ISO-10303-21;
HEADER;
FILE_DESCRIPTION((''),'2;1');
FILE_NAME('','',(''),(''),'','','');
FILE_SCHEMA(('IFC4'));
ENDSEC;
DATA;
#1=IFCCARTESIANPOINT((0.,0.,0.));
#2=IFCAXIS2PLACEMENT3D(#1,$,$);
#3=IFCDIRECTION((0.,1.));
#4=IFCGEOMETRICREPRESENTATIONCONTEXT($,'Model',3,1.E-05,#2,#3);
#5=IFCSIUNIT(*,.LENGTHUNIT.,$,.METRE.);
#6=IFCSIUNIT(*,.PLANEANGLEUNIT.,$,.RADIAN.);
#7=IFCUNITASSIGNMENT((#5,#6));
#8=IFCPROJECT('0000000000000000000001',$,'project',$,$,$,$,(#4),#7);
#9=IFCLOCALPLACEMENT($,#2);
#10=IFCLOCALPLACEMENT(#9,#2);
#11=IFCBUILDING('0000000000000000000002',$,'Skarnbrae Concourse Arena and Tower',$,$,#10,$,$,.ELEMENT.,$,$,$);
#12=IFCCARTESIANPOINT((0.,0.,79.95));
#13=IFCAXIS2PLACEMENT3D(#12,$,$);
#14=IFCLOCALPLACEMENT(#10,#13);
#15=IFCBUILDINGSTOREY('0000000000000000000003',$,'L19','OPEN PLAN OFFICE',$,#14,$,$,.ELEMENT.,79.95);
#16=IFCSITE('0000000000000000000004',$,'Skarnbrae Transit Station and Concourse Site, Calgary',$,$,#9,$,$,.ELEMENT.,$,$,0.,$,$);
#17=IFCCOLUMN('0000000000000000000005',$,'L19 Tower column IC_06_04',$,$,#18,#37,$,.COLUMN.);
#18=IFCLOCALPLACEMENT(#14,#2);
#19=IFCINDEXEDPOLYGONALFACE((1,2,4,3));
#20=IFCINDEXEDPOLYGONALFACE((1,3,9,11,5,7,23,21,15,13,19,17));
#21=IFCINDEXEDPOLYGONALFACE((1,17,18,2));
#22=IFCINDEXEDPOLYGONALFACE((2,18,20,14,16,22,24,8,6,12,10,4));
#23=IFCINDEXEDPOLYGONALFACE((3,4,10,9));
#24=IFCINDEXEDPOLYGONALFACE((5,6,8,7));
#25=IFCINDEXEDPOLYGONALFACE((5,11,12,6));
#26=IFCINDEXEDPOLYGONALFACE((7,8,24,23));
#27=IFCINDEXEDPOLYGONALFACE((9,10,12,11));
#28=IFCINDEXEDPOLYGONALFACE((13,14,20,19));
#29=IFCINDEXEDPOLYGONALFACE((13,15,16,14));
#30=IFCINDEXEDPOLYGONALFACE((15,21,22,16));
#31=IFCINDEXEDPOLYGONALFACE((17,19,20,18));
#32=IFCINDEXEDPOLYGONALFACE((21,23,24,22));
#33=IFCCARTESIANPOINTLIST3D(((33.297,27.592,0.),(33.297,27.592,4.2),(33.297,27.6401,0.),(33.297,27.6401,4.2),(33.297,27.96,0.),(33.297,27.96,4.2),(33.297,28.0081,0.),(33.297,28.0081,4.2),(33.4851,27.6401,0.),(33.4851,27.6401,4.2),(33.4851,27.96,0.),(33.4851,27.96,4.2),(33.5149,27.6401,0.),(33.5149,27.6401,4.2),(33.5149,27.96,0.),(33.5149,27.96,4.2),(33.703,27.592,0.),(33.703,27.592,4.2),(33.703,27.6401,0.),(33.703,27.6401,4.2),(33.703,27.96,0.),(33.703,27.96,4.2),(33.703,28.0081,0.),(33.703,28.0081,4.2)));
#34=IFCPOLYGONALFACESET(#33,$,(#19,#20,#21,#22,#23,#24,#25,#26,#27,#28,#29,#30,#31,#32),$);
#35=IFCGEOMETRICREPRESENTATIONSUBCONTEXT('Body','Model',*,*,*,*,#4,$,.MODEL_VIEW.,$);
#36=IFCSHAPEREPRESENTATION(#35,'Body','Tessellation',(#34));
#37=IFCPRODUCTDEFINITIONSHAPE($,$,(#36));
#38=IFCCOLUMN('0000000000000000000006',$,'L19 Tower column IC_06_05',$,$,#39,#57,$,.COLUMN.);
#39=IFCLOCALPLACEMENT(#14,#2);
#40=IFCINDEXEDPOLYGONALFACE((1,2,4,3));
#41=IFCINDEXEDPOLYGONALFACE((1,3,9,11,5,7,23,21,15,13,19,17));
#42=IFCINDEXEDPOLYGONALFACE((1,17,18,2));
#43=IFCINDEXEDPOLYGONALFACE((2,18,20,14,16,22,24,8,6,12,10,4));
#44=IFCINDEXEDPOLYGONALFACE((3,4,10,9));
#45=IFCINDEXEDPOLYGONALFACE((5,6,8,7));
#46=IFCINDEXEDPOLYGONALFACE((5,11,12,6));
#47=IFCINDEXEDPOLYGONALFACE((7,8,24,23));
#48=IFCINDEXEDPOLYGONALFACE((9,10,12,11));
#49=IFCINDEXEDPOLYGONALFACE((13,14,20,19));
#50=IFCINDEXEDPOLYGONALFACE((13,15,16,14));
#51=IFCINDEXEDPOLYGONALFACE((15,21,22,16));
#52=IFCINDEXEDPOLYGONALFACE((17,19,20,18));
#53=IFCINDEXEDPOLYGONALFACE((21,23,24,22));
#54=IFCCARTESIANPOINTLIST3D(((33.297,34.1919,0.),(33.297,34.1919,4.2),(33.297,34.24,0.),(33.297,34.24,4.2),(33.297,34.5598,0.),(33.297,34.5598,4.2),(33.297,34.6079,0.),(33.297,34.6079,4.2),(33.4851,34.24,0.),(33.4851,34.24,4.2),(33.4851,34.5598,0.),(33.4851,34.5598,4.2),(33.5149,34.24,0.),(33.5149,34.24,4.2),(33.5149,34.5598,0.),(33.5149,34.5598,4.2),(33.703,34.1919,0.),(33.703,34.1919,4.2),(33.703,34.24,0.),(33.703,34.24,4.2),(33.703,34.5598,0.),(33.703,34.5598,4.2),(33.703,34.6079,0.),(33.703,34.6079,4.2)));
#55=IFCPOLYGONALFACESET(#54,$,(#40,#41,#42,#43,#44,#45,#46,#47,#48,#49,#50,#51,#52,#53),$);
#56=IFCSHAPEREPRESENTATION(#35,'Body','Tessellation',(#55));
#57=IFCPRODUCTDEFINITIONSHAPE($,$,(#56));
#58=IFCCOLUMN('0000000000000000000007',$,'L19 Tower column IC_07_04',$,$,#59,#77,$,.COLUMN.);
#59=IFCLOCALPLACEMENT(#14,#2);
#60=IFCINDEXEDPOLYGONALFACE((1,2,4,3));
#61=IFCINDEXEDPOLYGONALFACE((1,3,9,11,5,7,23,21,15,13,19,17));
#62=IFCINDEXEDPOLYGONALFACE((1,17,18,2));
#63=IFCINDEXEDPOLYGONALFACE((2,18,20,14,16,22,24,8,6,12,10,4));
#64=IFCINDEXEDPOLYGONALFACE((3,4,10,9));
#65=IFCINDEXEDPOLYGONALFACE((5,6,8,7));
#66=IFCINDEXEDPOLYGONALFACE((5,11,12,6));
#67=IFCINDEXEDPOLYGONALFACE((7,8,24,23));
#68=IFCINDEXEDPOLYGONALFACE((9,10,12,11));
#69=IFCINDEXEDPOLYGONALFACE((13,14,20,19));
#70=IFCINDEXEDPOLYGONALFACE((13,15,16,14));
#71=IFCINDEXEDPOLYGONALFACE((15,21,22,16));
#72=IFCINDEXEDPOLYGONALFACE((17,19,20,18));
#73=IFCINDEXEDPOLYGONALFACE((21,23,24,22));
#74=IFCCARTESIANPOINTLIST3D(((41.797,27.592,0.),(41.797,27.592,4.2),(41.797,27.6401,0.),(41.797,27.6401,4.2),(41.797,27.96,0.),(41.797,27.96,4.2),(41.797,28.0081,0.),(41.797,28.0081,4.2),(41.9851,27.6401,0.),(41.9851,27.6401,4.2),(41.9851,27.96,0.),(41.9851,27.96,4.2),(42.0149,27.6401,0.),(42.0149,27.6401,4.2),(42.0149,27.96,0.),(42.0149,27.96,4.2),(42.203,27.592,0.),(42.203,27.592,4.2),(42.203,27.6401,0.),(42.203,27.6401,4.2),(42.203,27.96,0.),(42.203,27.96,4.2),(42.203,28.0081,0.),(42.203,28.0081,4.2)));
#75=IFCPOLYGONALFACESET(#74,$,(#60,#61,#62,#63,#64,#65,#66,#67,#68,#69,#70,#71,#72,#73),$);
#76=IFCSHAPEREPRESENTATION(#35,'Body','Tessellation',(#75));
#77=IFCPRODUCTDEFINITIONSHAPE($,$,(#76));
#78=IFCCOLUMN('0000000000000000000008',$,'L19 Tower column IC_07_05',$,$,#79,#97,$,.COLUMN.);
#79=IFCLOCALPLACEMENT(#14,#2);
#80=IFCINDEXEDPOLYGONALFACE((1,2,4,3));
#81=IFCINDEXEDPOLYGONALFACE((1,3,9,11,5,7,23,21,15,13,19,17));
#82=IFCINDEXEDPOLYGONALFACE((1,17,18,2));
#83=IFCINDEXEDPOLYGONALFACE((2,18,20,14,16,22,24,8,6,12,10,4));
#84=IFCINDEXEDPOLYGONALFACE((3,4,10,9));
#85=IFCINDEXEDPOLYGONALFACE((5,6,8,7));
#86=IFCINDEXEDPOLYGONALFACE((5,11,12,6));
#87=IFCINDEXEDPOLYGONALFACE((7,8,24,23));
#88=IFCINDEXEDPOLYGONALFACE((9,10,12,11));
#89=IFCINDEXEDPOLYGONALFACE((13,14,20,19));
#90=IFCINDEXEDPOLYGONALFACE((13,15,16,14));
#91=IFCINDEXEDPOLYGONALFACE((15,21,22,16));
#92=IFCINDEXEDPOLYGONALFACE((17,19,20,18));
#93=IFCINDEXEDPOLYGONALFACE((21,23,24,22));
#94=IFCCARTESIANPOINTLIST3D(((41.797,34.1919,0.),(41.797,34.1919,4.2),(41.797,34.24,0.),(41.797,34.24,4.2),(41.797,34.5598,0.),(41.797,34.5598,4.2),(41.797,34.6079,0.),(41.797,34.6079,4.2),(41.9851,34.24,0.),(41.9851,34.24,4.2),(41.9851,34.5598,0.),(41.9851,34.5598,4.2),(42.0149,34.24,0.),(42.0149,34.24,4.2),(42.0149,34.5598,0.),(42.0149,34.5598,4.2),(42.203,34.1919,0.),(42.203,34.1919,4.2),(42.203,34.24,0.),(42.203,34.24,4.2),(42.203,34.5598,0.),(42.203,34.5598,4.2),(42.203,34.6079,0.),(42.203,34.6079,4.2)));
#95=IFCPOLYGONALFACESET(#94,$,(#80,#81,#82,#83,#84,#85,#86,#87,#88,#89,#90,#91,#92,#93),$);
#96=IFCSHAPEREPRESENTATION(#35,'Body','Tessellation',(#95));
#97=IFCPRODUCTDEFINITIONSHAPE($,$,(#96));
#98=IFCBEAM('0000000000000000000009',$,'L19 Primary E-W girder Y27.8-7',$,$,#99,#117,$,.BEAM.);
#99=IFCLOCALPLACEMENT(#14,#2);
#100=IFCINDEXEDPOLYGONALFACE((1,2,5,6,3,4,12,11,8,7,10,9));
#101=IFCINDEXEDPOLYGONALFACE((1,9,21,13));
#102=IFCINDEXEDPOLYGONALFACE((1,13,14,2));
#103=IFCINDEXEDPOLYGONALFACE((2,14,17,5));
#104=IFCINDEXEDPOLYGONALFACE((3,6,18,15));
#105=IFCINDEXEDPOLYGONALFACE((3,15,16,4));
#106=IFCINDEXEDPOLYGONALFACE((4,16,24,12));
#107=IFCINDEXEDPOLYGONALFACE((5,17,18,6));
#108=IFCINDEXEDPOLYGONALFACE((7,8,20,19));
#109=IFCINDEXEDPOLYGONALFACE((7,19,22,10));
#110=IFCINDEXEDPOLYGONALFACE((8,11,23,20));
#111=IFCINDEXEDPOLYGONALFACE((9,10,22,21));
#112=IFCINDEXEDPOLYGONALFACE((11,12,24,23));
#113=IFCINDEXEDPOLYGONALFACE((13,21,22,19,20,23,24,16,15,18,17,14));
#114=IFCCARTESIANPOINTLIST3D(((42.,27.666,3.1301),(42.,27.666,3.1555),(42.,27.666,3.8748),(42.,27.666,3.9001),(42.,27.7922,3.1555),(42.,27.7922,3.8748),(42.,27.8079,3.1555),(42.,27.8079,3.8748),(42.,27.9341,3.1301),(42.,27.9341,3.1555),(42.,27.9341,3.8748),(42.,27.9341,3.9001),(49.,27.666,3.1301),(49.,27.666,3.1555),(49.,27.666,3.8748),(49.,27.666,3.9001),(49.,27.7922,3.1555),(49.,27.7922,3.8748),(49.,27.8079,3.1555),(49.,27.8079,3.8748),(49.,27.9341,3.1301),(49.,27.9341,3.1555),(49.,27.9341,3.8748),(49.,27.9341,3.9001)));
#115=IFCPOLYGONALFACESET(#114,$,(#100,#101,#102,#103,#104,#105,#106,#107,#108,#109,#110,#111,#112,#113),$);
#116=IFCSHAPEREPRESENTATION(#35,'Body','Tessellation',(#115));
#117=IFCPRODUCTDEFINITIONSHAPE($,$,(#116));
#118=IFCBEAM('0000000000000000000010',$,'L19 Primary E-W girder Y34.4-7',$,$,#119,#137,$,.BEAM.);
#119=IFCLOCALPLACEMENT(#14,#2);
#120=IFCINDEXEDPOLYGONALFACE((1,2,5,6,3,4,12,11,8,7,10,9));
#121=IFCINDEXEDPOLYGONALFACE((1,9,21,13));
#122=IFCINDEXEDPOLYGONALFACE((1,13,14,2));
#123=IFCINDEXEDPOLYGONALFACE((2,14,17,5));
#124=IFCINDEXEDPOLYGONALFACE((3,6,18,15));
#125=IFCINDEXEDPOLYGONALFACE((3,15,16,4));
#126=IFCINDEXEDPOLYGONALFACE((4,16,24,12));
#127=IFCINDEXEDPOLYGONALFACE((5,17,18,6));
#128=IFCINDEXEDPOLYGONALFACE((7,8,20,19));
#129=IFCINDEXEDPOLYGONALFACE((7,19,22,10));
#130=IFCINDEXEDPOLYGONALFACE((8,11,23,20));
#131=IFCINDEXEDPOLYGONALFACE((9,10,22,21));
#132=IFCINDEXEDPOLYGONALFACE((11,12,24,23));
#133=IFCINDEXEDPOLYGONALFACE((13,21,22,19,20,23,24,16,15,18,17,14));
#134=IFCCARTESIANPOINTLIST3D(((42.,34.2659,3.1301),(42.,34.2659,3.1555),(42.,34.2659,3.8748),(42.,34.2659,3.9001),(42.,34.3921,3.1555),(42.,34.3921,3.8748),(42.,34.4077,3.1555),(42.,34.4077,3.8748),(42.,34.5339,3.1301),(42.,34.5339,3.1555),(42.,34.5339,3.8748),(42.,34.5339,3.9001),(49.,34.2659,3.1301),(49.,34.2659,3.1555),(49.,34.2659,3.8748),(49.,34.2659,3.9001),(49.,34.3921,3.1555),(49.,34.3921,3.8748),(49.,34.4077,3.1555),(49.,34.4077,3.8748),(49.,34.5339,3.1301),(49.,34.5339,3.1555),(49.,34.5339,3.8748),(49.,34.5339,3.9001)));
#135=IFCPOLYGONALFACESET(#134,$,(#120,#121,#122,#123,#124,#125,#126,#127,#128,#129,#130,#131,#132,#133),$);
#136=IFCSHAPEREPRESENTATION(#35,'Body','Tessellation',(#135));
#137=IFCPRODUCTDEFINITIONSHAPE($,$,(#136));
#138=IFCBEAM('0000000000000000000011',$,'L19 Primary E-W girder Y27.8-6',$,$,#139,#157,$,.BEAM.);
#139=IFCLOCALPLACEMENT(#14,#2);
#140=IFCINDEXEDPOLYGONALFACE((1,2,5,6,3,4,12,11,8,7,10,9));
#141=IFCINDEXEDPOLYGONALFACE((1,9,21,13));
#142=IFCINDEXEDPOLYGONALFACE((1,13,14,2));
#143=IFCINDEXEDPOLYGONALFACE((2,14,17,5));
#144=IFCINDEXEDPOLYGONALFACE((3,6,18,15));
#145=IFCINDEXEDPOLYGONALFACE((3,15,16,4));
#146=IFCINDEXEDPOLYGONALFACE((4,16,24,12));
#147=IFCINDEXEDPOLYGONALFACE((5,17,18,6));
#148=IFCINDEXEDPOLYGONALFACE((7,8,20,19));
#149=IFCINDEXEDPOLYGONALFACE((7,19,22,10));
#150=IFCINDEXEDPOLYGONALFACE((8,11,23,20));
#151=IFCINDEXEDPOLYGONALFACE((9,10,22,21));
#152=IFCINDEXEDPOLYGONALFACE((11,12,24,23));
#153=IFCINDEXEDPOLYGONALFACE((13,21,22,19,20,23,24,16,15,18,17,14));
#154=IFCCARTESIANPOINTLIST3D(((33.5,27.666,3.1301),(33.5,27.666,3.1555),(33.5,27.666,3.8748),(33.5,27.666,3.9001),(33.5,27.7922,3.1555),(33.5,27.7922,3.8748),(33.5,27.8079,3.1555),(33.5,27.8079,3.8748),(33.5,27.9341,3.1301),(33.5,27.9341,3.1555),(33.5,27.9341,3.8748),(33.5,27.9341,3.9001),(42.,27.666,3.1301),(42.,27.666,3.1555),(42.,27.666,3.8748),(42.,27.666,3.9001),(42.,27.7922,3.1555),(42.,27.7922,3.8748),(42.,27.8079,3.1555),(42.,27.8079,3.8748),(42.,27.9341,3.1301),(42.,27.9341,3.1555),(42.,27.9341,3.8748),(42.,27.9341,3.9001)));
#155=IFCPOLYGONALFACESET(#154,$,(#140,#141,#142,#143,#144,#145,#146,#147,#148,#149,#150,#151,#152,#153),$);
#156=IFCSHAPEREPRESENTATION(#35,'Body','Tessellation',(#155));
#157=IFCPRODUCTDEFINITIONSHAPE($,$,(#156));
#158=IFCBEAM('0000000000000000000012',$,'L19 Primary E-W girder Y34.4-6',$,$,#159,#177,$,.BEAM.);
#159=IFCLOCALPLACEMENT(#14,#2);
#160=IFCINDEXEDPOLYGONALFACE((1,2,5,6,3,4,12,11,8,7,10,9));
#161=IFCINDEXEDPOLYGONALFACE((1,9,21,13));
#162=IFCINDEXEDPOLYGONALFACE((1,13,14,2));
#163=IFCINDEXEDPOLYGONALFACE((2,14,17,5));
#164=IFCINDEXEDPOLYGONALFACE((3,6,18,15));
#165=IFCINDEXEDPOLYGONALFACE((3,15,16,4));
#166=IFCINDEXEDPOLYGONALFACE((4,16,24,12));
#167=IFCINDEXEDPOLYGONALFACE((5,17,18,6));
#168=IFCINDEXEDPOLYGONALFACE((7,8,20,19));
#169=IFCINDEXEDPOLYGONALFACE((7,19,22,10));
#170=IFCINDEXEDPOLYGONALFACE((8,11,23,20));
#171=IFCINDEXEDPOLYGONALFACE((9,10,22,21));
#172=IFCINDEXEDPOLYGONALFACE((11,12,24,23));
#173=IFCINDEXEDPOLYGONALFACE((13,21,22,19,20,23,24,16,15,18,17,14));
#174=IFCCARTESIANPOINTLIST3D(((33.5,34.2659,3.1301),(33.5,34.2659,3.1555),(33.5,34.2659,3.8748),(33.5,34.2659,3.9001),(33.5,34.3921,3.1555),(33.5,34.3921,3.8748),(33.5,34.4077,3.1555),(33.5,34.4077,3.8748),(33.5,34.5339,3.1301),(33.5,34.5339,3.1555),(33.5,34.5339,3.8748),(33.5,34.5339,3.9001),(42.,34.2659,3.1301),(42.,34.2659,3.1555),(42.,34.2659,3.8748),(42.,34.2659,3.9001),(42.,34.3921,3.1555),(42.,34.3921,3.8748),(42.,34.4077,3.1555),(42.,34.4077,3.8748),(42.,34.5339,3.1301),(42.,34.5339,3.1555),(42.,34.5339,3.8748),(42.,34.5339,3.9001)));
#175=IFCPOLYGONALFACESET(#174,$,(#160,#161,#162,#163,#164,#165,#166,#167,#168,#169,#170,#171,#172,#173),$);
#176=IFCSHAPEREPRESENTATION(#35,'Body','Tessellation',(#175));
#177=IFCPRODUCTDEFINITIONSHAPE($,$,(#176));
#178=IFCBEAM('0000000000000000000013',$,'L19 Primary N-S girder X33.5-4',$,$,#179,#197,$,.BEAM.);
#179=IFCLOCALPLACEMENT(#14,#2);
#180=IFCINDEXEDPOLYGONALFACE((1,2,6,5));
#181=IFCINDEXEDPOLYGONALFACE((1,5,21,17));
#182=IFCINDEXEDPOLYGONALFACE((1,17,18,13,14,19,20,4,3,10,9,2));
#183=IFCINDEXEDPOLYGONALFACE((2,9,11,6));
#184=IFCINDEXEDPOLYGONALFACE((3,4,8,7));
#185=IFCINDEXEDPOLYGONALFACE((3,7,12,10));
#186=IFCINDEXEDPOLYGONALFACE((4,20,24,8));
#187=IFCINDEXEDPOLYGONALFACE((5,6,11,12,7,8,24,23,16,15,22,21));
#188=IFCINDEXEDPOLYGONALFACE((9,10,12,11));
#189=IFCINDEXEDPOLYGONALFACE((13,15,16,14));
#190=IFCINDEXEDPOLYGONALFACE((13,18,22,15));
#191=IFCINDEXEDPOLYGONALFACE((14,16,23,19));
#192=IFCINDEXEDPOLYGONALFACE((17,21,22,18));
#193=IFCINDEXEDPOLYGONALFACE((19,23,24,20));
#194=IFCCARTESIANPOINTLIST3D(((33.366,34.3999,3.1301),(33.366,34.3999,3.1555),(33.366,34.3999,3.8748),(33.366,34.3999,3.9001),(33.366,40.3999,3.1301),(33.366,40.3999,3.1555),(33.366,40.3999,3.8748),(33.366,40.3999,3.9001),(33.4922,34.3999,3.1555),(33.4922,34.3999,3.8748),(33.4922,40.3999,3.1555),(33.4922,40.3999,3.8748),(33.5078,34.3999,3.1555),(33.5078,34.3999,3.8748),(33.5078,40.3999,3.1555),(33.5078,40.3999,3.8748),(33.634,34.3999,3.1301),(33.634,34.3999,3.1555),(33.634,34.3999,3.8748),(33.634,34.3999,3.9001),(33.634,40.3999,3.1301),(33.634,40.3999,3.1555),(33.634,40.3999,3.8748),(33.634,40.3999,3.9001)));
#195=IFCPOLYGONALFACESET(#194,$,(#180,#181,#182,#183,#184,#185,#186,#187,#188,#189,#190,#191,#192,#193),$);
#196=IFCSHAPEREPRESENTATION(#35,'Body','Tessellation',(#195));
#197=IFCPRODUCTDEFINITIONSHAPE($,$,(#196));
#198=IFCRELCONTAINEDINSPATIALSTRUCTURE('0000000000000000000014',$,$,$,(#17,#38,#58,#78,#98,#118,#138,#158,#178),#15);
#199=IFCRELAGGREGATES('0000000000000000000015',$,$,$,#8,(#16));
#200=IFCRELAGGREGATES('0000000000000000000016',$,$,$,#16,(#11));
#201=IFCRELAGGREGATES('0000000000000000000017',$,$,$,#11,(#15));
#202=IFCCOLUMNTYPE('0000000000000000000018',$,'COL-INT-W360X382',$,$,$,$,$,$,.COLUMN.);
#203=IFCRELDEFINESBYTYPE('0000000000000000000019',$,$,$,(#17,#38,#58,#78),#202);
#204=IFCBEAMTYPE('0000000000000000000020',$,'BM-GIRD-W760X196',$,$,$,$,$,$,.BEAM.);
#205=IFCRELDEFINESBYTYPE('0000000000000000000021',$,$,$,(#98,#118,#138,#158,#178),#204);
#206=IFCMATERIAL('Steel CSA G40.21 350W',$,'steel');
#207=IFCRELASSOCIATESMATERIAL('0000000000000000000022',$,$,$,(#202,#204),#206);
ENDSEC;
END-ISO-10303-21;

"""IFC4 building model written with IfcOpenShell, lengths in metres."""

from ifc_helpers import new_model, si_unit, direction, frame, origin, origin_2d, place, context, subcontext, project, spatial, i_section, extrude, source, transform, mapped, material, material_profile, profile_set, type_object, element, save


model = new_model("IFC4")

# Units and contexts
model_context = context("Model", 3, precision=1e-05, world=origin(), true_north=direction((0.0, 1.0)))
body_context = subcontext(model_context, "Body", "Model", "MODEL_VIEW")
ifc_project = project(units=[si_unit("LENGTHUNIT", "METRE"), si_unit("PLANEANGLEUNIT", "RADIAN")], contexts=[model_context])

# Site, building, storey
site_placement = place(None, origin())
site = spatial("IfcSite", under=ifc_project, at=site_placement, Name="Skarnbrae Transit Station and Concourse Site, Calgary", CompositionType="ELEMENT", RefElevation=0.0)
building_placement = place(site_placement, origin())
building = spatial("IfcBuilding", under=site, at=building_placement, Name="Skarnbrae Concourse Arena and Tower", CompositionType="ELEMENT")
storey_placement = place(building_placement, frame((0.0, 0.0, 79.95)))
storey = spatial("IfcBuildingStorey", under=building, at=storey_placement, Name="L19", Description="OPEN PLAN OFFICE", CompositionType="ELEMENT", Elevation=79.95)

# Columns
ifc_material_1 = material(Name="Steel CSA G40.21 350W", Category="steel")
ifc_material_profile_1 = material_profile(ifc_material_1, i_section(OverallWidth=0.406, OverallDepth=0.416, WebThickness=0.0298, FlangeThickness=0.0481, at=origin_2d()), Name="W360X382")
ifc_profile_set_1 = profile_set([ifc_material_profile_1], Name="Steel CSA G40.21 350W")
column_type = type_object("IfcColumnType", Name="COL-INT-W360X382", PredefinedType="COLUMN", material=ifc_profile_set_1)
shared_shape_1 = source(origin(), body_context, "Body", "SweptSolid", [
    extrude(i_section(OverallWidth=0.406, OverallDepth=0.416, WebThickness=0.0298, FlangeThickness=0.0481, at=origin_2d()), origin(), (0.0, 0.0, 1.0), 4.2),
])
for number, where, z_axis, x_axis, name in (
    (1, (33.5, 27.8, 0.0), (0.0, 0.0, 1.0), (1.0, 0.0, 0.0), "L19 Tower column IC_06_04"),
    (2, (33.5, 34.3999, 0.0), (0.0, 0.0, 1.0), (1.0, 0.0, 0.0), "L19 Tower column IC_06_05"),
    (3, (42.0, 27.8, 0.0), (0.0, 0.0, 1.0), (1.0, 0.0, 0.0), "L19 Tower column IC_07_04"),
    (4, (42.0, 34.3999, 0.0), (0.0, 0.0, 1.0), (1.0, 0.0, 0.0), "L19 Tower column IC_07_05"),
):
    element("IfcColumn", number, at=place(storey_placement, frame(where, z_axis=z_axis, x_axis=x_axis)), inside=storey, type_object=column_type, Name=name, PredefinedType="COLUMN", context=body_context, shape_type="MappedRepresentation", body=[
        mapped(shared_shape_1, transform((0.0, 0.0, 0.0))),
    ])

# Beams
ifc_material_profile_2 = material_profile(ifc_material_1, i_section(OverallWidth=0.2681, OverallDepth=0.77, WebThickness=0.0156, FlangeThickness=0.0254, at=origin_2d()), Name="W760X196")
ifc_profile_set_2 = profile_set([ifc_material_profile_2], Name="Steel CSA G40.21 350W")
beam_type_1 = type_object("IfcBeamType", Name="BM-GIRD-W760X196", PredefinedType="BEAM", material=ifc_profile_set_2)
shared_shape_2 = source(origin(), body_context, "Body", "SweptSolid", [
    extrude(i_section(OverallWidth=0.2681, OverallDepth=0.77, WebThickness=0.0156, FlangeThickness=0.0254, at=origin_2d()), origin(), (0.0, 0.0, 1.0), 7.0),
])
for number, where, z_axis, x_axis, name in (
    (5, (42.0, 27.8, 3.5151), (1.0, 0.0, 0.0), (0.0, 1.0, 0.0), "L19 Primary E-W girder Y27.8-7"),
    (6, (42.0, 34.3999, 3.5151), (1.0, 0.0, 0.0), (0.0, 1.0, 0.0), "L19 Primary E-W girder Y34.4-7"),
):
    element("IfcBeam", number, at=place(storey_placement, frame(where, z_axis=z_axis, x_axis=x_axis)), inside=storey, type_object=beam_type_1, Name=name, PredefinedType="BEAM", context=body_context, shape_type="MappedRepresentation", body=[
        mapped(shared_shape_2, transform((0.0, 0.0, 0.0))),
    ])
shared_shape_3 = source(origin(), body_context, "Body", "SweptSolid", [
    extrude(i_section(OverallWidth=0.2681, OverallDepth=0.77, WebThickness=0.0156, FlangeThickness=0.0254, at=origin_2d()), origin(), (0.0, 0.0, 1.0), 8.5),
])
for number, where, z_axis, x_axis, name in (
    (7, (33.5, 27.8, 3.5151), (1.0, 0.0, 0.0), (0.0, 1.0, 0.0), "L19 Primary E-W girder Y27.8-6"),
    (8, (33.5, 34.3999, 3.5151), (1.0, 0.0, 0.0), (0.0, 1.0, 0.0), "L19 Primary E-W girder Y34.4-6"),
):
    element("IfcBeam", number, at=place(storey_placement, frame(where, z_axis=z_axis, x_axis=x_axis)), inside=storey, type_object=beam_type_1, Name=name, PredefinedType="BEAM", context=body_context, shape_type="MappedRepresentation", body=[
        mapped(shared_shape_3, transform((0.0, 0.0, 0.0))),
    ])
shared_shape_4 = source(origin(), body_context, "Body", "SweptSolid", [
    extrude(i_section(OverallWidth=0.2681, OverallDepth=0.77, WebThickness=0.0156, FlangeThickness=0.0254, at=origin_2d()), origin(), (0.0, 0.0, 1.0), 6.0),
])
for number, where, z_axis, x_axis, name in (
    (9, (33.5, 34.3999, 3.5151), (0.0, 1.0, 0.0), (-1.0, 0.0, 0.0), "L19 Primary N-S girder X33.5-4"),
):
    element("IfcBeam", number, at=place(storey_placement, frame(where, z_axis=z_axis, x_axis=x_axis)), inside=storey, type_object=beam_type_1, Name=name, PredefinedType="BEAM", context=body_context, shape_type="MappedRepresentation", body=[
        mapped(shared_shape_4, transform((0.0, 0.0, 0.0))),
    ])

save(model, "model.ifc")
